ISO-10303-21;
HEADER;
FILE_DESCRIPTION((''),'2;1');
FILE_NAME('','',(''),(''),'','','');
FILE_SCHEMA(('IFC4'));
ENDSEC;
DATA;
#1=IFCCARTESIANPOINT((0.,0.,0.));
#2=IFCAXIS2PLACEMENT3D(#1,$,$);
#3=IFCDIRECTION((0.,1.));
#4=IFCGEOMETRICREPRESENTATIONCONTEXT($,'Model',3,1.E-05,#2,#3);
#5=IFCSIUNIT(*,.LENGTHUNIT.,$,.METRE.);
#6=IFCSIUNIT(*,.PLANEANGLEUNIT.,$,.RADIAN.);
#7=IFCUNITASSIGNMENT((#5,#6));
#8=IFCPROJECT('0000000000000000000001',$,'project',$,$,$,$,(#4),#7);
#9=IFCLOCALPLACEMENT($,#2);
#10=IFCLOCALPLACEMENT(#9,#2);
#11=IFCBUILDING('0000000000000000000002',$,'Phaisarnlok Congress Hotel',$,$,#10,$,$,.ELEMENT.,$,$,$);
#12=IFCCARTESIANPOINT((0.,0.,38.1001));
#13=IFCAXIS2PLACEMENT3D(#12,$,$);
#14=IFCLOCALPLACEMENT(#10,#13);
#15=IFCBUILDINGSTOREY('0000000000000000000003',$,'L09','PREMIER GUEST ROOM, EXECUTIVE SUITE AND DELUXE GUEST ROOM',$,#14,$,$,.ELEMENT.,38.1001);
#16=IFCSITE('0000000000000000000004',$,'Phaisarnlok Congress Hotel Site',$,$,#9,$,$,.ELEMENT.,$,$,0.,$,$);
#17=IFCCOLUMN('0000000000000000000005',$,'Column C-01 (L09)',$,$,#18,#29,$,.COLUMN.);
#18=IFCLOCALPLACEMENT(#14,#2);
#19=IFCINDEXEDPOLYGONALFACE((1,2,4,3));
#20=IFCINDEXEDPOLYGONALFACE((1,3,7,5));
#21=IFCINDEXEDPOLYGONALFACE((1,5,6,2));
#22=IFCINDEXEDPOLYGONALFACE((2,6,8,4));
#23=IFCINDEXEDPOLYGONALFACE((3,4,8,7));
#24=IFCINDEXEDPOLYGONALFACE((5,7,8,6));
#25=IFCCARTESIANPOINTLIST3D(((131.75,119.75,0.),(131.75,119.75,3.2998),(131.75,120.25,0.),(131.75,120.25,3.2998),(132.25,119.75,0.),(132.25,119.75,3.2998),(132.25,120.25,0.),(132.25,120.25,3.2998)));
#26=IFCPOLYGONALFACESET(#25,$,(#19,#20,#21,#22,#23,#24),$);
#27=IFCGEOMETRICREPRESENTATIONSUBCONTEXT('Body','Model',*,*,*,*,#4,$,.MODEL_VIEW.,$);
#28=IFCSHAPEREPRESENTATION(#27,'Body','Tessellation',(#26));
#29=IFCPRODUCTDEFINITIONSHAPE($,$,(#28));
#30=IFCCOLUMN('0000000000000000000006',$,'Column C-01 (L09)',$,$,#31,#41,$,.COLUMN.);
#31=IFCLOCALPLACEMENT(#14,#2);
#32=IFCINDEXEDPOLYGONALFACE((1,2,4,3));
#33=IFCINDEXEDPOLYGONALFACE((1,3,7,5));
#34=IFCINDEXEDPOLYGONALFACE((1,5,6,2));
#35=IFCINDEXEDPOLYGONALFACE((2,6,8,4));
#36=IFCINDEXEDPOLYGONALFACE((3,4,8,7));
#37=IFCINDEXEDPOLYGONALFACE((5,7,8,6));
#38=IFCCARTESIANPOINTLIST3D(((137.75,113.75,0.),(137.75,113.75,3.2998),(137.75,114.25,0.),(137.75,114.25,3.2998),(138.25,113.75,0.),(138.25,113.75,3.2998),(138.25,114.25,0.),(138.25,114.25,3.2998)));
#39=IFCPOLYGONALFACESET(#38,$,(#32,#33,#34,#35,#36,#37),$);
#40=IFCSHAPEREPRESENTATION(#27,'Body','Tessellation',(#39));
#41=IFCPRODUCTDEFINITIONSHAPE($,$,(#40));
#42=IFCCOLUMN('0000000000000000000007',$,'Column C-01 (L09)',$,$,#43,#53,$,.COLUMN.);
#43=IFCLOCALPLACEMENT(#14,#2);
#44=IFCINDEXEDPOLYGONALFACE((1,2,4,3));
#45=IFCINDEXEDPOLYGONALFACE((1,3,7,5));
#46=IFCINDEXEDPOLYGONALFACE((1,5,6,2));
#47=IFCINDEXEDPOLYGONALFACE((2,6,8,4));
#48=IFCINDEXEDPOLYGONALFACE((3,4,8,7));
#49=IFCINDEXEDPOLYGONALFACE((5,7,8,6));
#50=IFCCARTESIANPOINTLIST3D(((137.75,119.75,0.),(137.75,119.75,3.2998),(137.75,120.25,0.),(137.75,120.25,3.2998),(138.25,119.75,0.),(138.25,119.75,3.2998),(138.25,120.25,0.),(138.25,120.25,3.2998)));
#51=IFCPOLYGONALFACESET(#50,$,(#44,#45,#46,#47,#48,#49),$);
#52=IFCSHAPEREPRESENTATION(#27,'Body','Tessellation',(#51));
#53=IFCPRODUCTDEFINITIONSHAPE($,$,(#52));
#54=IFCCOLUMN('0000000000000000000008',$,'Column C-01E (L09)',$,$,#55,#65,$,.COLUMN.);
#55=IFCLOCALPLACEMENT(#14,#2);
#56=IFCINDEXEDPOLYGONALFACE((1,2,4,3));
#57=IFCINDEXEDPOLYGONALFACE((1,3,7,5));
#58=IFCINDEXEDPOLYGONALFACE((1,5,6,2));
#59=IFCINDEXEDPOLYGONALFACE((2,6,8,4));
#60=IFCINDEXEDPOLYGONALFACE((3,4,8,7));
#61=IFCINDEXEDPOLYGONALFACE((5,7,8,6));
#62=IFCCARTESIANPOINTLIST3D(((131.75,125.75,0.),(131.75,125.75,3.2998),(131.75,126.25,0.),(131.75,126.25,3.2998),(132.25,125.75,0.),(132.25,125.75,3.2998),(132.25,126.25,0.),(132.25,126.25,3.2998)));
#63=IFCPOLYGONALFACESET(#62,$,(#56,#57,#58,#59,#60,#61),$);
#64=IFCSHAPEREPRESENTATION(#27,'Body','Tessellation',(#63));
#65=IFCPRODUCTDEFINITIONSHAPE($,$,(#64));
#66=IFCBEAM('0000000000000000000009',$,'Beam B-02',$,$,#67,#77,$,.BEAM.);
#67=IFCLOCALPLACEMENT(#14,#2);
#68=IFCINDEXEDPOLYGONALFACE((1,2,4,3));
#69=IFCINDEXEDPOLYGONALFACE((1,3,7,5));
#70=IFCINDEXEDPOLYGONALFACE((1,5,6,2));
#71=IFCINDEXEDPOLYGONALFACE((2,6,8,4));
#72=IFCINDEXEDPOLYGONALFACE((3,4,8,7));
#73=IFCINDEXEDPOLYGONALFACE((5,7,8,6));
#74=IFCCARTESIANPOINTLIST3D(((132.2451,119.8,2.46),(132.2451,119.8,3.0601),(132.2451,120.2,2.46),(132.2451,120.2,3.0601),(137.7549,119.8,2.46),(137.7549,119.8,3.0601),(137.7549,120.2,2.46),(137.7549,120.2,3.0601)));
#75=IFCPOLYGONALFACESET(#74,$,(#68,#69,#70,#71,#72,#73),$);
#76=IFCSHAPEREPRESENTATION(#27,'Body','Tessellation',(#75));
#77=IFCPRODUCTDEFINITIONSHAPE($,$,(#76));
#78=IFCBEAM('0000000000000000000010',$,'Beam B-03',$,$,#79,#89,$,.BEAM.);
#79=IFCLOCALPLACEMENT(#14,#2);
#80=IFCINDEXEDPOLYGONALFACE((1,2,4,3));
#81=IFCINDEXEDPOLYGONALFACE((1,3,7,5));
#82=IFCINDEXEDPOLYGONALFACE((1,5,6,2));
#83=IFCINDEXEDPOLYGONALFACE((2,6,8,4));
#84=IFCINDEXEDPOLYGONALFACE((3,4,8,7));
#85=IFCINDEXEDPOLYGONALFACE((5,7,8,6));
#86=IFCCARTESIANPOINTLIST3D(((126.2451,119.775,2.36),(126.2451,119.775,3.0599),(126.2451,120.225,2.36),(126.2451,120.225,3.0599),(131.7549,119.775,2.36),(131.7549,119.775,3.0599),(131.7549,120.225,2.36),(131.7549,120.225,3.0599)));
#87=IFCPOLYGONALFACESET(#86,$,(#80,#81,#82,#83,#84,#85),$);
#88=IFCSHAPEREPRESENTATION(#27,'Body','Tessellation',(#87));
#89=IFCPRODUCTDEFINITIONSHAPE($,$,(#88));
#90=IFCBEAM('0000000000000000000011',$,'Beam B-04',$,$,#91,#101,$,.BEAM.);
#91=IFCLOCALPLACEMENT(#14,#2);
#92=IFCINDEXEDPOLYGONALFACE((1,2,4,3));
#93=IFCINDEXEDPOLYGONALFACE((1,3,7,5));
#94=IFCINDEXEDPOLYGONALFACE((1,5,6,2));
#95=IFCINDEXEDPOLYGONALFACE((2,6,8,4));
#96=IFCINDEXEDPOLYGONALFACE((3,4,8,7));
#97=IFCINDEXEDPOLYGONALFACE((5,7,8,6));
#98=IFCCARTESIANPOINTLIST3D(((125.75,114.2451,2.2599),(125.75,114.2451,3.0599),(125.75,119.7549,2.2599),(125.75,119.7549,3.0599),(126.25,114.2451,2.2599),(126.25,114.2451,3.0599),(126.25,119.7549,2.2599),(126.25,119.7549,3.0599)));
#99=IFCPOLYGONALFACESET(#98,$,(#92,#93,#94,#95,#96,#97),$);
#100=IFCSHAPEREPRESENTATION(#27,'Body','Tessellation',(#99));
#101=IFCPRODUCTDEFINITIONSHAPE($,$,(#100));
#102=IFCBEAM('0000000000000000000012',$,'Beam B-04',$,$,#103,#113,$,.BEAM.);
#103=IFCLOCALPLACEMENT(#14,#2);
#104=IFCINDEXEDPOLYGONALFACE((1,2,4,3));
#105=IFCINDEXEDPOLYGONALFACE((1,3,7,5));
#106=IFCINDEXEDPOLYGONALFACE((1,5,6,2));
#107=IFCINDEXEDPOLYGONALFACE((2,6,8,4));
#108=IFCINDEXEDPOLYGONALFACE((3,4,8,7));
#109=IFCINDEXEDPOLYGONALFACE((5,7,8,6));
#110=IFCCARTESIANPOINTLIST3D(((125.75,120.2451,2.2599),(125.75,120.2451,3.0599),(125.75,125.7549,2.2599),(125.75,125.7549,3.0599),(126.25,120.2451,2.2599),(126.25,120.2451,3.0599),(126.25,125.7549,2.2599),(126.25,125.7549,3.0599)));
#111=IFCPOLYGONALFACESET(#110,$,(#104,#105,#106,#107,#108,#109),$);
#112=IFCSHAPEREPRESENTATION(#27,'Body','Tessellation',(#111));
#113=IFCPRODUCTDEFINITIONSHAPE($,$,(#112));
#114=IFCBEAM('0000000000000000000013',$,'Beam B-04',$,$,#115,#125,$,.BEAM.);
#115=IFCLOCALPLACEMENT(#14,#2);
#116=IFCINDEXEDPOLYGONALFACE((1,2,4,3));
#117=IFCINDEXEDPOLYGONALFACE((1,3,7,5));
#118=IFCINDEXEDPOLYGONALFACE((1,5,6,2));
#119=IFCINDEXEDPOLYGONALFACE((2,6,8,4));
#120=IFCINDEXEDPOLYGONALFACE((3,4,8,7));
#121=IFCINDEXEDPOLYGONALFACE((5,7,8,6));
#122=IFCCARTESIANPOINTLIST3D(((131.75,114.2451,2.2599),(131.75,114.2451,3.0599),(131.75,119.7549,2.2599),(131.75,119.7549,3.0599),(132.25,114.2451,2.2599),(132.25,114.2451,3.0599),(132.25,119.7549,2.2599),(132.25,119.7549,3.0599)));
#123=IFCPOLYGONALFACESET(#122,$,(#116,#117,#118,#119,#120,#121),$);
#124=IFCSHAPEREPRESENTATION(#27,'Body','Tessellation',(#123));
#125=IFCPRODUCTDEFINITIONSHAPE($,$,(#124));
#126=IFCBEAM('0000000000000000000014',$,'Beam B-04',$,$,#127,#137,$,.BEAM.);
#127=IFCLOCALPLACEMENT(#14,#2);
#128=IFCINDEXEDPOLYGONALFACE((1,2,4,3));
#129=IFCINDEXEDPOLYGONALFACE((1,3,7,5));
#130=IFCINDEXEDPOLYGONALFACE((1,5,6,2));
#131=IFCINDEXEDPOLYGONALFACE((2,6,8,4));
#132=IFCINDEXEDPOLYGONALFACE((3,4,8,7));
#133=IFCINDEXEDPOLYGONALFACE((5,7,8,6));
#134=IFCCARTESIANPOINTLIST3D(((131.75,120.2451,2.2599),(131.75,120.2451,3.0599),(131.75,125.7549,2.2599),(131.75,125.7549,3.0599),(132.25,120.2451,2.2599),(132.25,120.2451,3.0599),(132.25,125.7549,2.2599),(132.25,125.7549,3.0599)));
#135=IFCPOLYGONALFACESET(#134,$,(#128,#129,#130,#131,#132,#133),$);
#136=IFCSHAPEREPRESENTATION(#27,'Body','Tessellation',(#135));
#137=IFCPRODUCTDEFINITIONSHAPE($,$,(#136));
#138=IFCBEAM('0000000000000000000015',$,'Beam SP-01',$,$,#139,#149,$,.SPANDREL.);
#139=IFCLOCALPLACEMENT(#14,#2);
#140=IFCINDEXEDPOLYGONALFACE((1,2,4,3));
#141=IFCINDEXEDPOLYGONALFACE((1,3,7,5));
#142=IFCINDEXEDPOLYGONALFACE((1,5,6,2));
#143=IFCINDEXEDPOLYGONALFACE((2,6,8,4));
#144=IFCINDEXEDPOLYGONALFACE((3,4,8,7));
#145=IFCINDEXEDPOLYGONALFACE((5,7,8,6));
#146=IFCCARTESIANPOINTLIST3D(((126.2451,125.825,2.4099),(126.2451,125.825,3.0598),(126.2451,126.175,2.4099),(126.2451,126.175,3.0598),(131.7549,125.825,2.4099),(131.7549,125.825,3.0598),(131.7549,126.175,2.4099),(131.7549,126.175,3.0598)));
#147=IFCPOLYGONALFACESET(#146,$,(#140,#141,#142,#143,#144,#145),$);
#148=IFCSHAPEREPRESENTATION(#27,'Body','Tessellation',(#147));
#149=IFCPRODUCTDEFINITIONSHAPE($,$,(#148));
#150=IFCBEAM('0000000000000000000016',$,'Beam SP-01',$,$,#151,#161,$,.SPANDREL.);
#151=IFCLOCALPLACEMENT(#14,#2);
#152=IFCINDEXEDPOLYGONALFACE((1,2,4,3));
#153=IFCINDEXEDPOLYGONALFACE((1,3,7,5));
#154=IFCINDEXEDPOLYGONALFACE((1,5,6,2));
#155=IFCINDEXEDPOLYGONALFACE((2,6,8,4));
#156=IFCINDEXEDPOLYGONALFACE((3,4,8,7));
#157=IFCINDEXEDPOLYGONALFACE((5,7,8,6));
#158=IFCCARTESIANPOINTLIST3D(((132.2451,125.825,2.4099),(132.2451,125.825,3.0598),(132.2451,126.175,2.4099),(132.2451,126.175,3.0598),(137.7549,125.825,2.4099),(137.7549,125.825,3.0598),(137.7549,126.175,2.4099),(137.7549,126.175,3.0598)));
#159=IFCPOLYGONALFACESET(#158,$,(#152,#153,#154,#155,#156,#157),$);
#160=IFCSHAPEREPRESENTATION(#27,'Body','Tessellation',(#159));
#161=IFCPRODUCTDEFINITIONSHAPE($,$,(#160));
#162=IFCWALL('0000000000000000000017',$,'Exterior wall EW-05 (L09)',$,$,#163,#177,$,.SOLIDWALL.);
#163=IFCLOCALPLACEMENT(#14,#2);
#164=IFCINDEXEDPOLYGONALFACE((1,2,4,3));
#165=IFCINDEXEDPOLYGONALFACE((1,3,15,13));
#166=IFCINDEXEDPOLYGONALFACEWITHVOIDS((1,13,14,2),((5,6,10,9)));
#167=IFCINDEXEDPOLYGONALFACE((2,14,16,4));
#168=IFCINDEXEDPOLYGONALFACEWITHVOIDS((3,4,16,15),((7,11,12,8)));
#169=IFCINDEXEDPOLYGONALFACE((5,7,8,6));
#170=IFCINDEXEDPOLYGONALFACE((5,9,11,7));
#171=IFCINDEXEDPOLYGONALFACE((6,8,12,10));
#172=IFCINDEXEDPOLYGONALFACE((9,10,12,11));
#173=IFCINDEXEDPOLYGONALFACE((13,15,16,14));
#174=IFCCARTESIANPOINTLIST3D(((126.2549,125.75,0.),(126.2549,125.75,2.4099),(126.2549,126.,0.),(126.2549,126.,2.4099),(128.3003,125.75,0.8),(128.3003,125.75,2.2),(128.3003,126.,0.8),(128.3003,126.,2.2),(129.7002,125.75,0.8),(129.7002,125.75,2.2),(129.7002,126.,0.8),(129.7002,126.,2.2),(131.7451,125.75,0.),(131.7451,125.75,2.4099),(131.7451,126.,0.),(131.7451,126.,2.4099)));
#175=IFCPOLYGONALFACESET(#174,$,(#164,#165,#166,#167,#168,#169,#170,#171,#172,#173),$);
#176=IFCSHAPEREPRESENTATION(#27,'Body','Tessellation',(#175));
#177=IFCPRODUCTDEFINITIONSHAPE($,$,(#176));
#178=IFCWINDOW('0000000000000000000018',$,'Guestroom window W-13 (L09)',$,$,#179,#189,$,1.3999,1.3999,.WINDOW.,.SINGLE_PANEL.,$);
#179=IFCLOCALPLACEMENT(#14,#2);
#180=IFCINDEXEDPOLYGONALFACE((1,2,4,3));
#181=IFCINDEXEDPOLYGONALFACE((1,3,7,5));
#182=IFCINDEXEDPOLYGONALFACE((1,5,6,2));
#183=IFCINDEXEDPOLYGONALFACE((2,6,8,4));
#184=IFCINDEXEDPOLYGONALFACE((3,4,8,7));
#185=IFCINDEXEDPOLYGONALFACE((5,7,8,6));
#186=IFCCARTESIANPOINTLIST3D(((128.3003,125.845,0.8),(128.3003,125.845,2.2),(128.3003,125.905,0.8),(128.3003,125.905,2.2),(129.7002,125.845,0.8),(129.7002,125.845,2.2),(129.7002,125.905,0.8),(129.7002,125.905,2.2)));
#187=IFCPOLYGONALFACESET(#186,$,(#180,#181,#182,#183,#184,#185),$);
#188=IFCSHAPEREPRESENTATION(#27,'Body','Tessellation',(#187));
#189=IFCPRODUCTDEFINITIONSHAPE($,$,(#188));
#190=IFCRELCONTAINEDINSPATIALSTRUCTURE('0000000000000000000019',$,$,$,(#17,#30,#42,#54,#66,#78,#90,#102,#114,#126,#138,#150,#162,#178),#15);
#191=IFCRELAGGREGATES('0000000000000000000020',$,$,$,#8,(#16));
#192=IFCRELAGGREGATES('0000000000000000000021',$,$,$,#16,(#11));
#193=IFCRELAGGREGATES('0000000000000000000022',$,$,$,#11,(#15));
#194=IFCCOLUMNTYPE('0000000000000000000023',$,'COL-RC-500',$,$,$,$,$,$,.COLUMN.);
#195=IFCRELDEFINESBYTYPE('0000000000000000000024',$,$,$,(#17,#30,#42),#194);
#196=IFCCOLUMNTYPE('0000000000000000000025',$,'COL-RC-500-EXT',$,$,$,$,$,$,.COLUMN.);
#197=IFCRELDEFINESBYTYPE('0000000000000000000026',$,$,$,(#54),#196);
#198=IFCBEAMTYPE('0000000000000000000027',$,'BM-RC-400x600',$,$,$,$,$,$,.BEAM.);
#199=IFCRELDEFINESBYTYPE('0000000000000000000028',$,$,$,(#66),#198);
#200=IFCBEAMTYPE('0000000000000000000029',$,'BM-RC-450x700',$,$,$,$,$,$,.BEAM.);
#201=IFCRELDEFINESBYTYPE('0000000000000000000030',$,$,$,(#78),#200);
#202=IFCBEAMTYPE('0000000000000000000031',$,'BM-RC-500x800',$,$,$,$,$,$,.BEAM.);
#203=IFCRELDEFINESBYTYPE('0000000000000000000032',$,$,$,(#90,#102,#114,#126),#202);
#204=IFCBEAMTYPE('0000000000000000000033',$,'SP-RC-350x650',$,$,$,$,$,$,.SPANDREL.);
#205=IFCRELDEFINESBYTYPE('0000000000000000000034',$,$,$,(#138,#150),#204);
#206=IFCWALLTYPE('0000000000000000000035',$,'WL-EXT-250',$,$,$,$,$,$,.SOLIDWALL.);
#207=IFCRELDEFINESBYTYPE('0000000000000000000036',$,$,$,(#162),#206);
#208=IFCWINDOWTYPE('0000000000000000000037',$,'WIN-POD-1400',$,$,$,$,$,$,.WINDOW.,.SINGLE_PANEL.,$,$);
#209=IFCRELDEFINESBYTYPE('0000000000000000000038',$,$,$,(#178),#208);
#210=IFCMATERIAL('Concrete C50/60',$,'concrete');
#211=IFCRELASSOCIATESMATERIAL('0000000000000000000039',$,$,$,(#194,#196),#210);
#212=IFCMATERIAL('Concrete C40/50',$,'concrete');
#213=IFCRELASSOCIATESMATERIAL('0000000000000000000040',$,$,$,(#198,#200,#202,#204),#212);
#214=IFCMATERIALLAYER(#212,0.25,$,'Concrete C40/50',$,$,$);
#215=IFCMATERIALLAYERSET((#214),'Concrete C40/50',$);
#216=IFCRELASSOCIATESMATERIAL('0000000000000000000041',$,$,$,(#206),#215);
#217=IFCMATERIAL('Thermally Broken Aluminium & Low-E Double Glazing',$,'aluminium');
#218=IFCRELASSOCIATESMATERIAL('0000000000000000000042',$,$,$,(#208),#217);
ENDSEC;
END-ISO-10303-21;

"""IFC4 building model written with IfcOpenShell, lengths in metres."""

from ifc_helpers import new_model, si_unit, direction, frame, frame_2d, origin, origin_2d, place, context, subcontext, project, spatial, rectangle, extrude, material, layer, layer_set, material_profile, profile_set, type_object, element, fill, save


model = new_model("IFC4")

# Units and contexts
model_context = context("Model", 3, precision=1e-05, world=origin(), true_north=direction((0.0, 1.0)))
body_context = subcontext(model_context, "Body", "Model", "MODEL_VIEW")
ifc_project = project(units=[si_unit("LENGTHUNIT", "METRE"), si_unit("PLANEANGLEUNIT", "RADIAN")], contexts=[model_context])

# Site, building, storey
site_placement = place(None, origin())
site = spatial("IfcSite", under=ifc_project, at=site_placement, Name="Phaisarnlok Congress Hotel Site", CompositionType="ELEMENT", RefElevation=0.0)
building_placement = place(site_placement, origin())
building = spatial("IfcBuilding", under=site, at=building_placement, Name="Phaisarnlok Congress Hotel", CompositionType="ELEMENT")
storey_placement = place(building_placement, frame((0.0, 0.0, 38.1001)))
storey = spatial("IfcBuildingStorey", under=building, at=storey_placement, Name="L09", Description="PREMIER GUEST ROOM, EXECUTIVE SUITE AND DELUXE GUEST ROOM", CompositionType="ELEMENT", Elevation=38.1001)

# Columns
ifc_material_1 = material(Name="Concrete C50/60", Category="concrete")
ifc_material_profile_1 = material_profile(ifc_material_1, rectangle(XDim=0.5, YDim=0.5, at=origin_2d()), Name="RC 500x500")
ifc_profile_set_1 = profile_set([ifc_material_profile_1], Name="Concrete C50/60")
column_type_1 = type_object("IfcColumnType", Name="COL-RC-500", PredefinedType="COLUMN", material=ifc_profile_set_1)
for number, where, z_axis, x_axis, name in (
    (1, (132.0, 120.0, 0.0), (0.0, 0.0, 1.0), (1.0, 0.0, 0.0), "Column C-01 (L09)"),
    (2, (138.0, 114.0, 0.0), (0.0, 0.0, 1.0), (1.0, 0.0, 0.0), "Column C-01 (L09)"),
    (3, (138.0, 120.0, 0.0), (0.0, 0.0, 1.0), (1.0, 0.0, 0.0), "Column C-01 (L09)"),
):
    element("IfcColumn", number, at=place(storey_placement, frame(where, z_axis=z_axis, x_axis=x_axis)), inside=storey, type_object=column_type_1, Name=name, PredefinedType="COLUMN", context=body_context, shape_type="SweptSolid", body=[
        extrude(rectangle(XDim=0.5, YDim=0.5, at=origin_2d()), origin(), (0.0, 0.0, 1.0), 3.2998),
    ])
ifc_material_profile_2 = material_profile(ifc_material_1, rectangle(XDim=0.5, YDim=0.5, at=origin_2d()), Name="RC 500x500")
ifc_profile_set_2 = profile_set([ifc_material_profile_2], Name="Concrete C50/60")
column_type_2 = type_object("IfcColumnType", Name="COL-RC-500-EXT", PredefinedType="COLUMN", material=ifc_profile_set_2)
column_placement = place(storey_placement, frame((132.0, 126.0, 0.0), z_axis=(0.0, 0.0, 1.0), x_axis=(1.0, 0.0, 0.0)))
element("IfcColumn", 4, at=column_placement, inside=storey, type_object=column_type_2, Name="Column C-01E (L09)", PredefinedType="COLUMN", context=body_context, shape_type="SweptSolid", body=[
    extrude(rectangle(XDim=0.5, YDim=0.5, at=origin_2d()), origin(), (0.0, 0.0, 1.0), 3.2998),
])

# Beams
ifc_material_2 = material(Name="Concrete C40/50", Category="concrete")
ifc_material_profile_3 = material_profile(ifc_material_2, rectangle(XDim=0.3999, YDim=0.6001, at=origin_2d()), Name="RC 400x600")
ifc_profile_set_3 = profile_set([ifc_material_profile_3], Name="Concrete C40/50")
beam_type_1 = type_object("IfcBeamType", Name="BM-RC-400x600", PredefinedType="BEAM", material=ifc_profile_set_3)
beam_1_placement = place(storey_placement, frame((132.2451, 120.0, 2.76), z_axis=(1.0, 0.0, 0.0), x_axis=(0.0, 1.0, 0.0)))
element("IfcBeam", 5, at=beam_1_placement, inside=storey, type_object=beam_type_1, Name="Beam B-02", PredefinedType="BEAM", context=body_context, shape_type="SweptSolid", body=[
    extrude(rectangle(XDim=0.3999, YDim=0.6001, at=origin_2d()), origin(), (0.0, 0.0, 1.0), 5.5098),
])
ifc_material_profile_4 = material_profile(ifc_material_2, rectangle(XDim=0.45, YDim=0.7, at=origin_2d()), Name="RC 450x700")
ifc_profile_set_4 = profile_set([ifc_material_profile_4], Name="Concrete C40/50")
beam_type_2 = type_object("IfcBeamType", Name="BM-RC-450x700", PredefinedType="BEAM", material=ifc_profile_set_4)
beam_2_placement = place(storey_placement, frame((126.2451, 120.0, 2.71), z_axis=(1.0, 0.0, 0.0), x_axis=(0.0, 1.0, 0.0)))
element("IfcBeam", 6, at=beam_2_placement, inside=storey, type_object=beam_type_2, Name="Beam B-03", PredefinedType="BEAM", context=body_context, shape_type="SweptSolid", body=[
    extrude(rectangle(XDim=0.45, YDim=0.7, at=origin_2d()), origin(), (0.0, 0.0, 1.0), 5.5098),
])
ifc_material_profile_5 = material_profile(ifc_material_2, rectangle(XDim=0.5, YDim=0.8, at=origin_2d()), Name="RC 500x800")
ifc_profile_set_5 = profile_set([ifc_material_profile_5], Name="Concrete C40/50")
beam_type_3 = type_object("IfcBeamType", Name="BM-RC-500x800", PredefinedType="BEAM", material=ifc_profile_set_5)
for number, where, z_axis, x_axis, name in (
    (7, (126.0, 114.2451, 2.6599), (0.0, 1.0, 0.0), (-1.0, 0.0, 0.0), "Beam B-04"),
    (8, (126.0, 120.2451, 2.6599), (0.0, 1.0, 0.0), (-1.0, 0.0, 0.0), "Beam B-04"),
    (9, (132.0, 114.2451, 2.6599), (0.0, 1.0, 0.0), (-1.0, 0.0, 0.0), "Beam B-04"),
    (10, (132.0, 120.2451, 2.6599), (0.0, 1.0, 0.0), (-1.0, 0.0, 0.0), "Beam B-04"),
):
    element("IfcBeam", number, at=place(storey_placement, frame(where, z_axis=z_axis, x_axis=x_axis)), inside=storey, type_object=beam_type_3, Name=name, PredefinedType="BEAM", context=body_context, shape_type="SweptSolid", body=[
        extrude(rectangle(XDim=0.5, YDim=0.8, at=origin_2d()), origin(), (0.0, 0.0, 1.0), 5.5098),
    ])
ifc_material_profile_6 = material_profile(ifc_material_2, rectangle(XDim=0.3501, YDim=0.6499, at=origin_2d()), Name="RC 350x650")
ifc_profile_set_6 = profile_set([ifc_material_profile_6], Name="Concrete C40/50")
beam_type_4 = type_object("IfcBeamType", Name="SP-RC-350x650", PredefinedType="SPANDREL", material=ifc_profile_set_6)
for number, where, z_axis, x_axis, name in (
    (11, (126.2451, 126.0, 2.7349), (1.0, 0.0, 0.0), (0.0, 1.0, 0.0), "Beam SP-01"),
    (12, (132.2451, 126.0, 2.7349), (1.0, 0.0, 0.0), (0.0, 1.0, 0.0), "Beam SP-01"),
):
    element("IfcBeam", number, at=place(storey_placement, frame(where, z_axis=z_axis, x_axis=x_axis)), inside=storey, type_object=beam_type_4, Name=name, PredefinedType="SPANDREL", context=body_context, shape_type="SweptSolid", body=[
        extrude(rectangle(XDim=0.3501, YDim=0.6499, at=origin_2d()), origin(), (0.0, 0.0, 1.0), 5.5098),
    ])

# Wall, opening, window
ifc_layer_1 = layer(ifc_material_2, 0.25, Name="Concrete C40/50")
ifc_layer_set_1 = layer_set([ifc_layer_1], Name="Concrete C40/50")
wall_type_1 = type_object("IfcWallType", Name="WL-EXT-250", PredefinedType="SOLIDWALL", material=ifc_layer_set_1)
wall_1_placement = place(storey_placement, frame((131.7451, 125.875, 0.0), z_axis=(0.0, 0.0, 1.0), x_axis=(-1.0, 0.0, 0.0)))
wall_1 = element("IfcWall", 13, at=wall_1_placement, inside=storey, type_object=wall_type_1, Name="Exterior wall EW-05 (L09)", PredefinedType="SOLIDWALL", context=body_context, shape_type="SweptSolid", body=[
    extrude(rectangle(XDim=5.4902, YDim=0.25, at=frame_2d((2.7451, 0.0))), origin(), (0.0, 0.0, 1.0), 2.4099),
])
opening_1_placement = place(wall_1_placement, frame((2.0449, 0.0, 0.8)))
opening_1 = element("IfcOpeningElement", 14, at=opening_1_placement, cuts=wall_1, PredefinedType="OPENING", context=body_context, shape_type="SweptSolid", body=[
    extrude(rectangle(XDim=1.3999, YDim=1.3999, at=frame_2d((0.7, 0.7))), frame((0.0, 0.135, 0.0), z_axis=(0.0, -1.0, 0.0), x_axis=(1.0, 0.0, 0.0)), (0.0, 0.0, 1.0), 0.27),
])
ifc_material_3 = material(Name="Thermally Broken Aluminium & Low-E Double Glazing", Category="aluminium")
window_type = type_object("IfcWindowType", Name="WIN-POD-1400", PartitioningType="SINGLE_PANEL", PredefinedType="WINDOW", material=ifc_material_3)
window_placement = place(opening_1_placement, origin())
window = element("IfcWindow", 15, at=window_placement, inside=storey, type_object=window_type, Name="Guestroom window W-13 (L09)", OverallHeight=1.3999, OverallWidth=1.3999, PartitioningType="SINGLE_PANEL", PredefinedType="WINDOW", context=body_context, shape_type="SweptSolid", body=[
    extrude(rectangle(XDim=1.3999, YDim=1.3999, at=frame_2d((0.7, 0.7))), frame((0.0, 0.03, 0.0), z_axis=(0.0, -1.0, 0.0), x_axis=(1.0, 0.0, 0.0)), (0.0, 0.0, 1.0), 0.0601),
])
fill(opening_1, window)

save(model, "model.ifc")
